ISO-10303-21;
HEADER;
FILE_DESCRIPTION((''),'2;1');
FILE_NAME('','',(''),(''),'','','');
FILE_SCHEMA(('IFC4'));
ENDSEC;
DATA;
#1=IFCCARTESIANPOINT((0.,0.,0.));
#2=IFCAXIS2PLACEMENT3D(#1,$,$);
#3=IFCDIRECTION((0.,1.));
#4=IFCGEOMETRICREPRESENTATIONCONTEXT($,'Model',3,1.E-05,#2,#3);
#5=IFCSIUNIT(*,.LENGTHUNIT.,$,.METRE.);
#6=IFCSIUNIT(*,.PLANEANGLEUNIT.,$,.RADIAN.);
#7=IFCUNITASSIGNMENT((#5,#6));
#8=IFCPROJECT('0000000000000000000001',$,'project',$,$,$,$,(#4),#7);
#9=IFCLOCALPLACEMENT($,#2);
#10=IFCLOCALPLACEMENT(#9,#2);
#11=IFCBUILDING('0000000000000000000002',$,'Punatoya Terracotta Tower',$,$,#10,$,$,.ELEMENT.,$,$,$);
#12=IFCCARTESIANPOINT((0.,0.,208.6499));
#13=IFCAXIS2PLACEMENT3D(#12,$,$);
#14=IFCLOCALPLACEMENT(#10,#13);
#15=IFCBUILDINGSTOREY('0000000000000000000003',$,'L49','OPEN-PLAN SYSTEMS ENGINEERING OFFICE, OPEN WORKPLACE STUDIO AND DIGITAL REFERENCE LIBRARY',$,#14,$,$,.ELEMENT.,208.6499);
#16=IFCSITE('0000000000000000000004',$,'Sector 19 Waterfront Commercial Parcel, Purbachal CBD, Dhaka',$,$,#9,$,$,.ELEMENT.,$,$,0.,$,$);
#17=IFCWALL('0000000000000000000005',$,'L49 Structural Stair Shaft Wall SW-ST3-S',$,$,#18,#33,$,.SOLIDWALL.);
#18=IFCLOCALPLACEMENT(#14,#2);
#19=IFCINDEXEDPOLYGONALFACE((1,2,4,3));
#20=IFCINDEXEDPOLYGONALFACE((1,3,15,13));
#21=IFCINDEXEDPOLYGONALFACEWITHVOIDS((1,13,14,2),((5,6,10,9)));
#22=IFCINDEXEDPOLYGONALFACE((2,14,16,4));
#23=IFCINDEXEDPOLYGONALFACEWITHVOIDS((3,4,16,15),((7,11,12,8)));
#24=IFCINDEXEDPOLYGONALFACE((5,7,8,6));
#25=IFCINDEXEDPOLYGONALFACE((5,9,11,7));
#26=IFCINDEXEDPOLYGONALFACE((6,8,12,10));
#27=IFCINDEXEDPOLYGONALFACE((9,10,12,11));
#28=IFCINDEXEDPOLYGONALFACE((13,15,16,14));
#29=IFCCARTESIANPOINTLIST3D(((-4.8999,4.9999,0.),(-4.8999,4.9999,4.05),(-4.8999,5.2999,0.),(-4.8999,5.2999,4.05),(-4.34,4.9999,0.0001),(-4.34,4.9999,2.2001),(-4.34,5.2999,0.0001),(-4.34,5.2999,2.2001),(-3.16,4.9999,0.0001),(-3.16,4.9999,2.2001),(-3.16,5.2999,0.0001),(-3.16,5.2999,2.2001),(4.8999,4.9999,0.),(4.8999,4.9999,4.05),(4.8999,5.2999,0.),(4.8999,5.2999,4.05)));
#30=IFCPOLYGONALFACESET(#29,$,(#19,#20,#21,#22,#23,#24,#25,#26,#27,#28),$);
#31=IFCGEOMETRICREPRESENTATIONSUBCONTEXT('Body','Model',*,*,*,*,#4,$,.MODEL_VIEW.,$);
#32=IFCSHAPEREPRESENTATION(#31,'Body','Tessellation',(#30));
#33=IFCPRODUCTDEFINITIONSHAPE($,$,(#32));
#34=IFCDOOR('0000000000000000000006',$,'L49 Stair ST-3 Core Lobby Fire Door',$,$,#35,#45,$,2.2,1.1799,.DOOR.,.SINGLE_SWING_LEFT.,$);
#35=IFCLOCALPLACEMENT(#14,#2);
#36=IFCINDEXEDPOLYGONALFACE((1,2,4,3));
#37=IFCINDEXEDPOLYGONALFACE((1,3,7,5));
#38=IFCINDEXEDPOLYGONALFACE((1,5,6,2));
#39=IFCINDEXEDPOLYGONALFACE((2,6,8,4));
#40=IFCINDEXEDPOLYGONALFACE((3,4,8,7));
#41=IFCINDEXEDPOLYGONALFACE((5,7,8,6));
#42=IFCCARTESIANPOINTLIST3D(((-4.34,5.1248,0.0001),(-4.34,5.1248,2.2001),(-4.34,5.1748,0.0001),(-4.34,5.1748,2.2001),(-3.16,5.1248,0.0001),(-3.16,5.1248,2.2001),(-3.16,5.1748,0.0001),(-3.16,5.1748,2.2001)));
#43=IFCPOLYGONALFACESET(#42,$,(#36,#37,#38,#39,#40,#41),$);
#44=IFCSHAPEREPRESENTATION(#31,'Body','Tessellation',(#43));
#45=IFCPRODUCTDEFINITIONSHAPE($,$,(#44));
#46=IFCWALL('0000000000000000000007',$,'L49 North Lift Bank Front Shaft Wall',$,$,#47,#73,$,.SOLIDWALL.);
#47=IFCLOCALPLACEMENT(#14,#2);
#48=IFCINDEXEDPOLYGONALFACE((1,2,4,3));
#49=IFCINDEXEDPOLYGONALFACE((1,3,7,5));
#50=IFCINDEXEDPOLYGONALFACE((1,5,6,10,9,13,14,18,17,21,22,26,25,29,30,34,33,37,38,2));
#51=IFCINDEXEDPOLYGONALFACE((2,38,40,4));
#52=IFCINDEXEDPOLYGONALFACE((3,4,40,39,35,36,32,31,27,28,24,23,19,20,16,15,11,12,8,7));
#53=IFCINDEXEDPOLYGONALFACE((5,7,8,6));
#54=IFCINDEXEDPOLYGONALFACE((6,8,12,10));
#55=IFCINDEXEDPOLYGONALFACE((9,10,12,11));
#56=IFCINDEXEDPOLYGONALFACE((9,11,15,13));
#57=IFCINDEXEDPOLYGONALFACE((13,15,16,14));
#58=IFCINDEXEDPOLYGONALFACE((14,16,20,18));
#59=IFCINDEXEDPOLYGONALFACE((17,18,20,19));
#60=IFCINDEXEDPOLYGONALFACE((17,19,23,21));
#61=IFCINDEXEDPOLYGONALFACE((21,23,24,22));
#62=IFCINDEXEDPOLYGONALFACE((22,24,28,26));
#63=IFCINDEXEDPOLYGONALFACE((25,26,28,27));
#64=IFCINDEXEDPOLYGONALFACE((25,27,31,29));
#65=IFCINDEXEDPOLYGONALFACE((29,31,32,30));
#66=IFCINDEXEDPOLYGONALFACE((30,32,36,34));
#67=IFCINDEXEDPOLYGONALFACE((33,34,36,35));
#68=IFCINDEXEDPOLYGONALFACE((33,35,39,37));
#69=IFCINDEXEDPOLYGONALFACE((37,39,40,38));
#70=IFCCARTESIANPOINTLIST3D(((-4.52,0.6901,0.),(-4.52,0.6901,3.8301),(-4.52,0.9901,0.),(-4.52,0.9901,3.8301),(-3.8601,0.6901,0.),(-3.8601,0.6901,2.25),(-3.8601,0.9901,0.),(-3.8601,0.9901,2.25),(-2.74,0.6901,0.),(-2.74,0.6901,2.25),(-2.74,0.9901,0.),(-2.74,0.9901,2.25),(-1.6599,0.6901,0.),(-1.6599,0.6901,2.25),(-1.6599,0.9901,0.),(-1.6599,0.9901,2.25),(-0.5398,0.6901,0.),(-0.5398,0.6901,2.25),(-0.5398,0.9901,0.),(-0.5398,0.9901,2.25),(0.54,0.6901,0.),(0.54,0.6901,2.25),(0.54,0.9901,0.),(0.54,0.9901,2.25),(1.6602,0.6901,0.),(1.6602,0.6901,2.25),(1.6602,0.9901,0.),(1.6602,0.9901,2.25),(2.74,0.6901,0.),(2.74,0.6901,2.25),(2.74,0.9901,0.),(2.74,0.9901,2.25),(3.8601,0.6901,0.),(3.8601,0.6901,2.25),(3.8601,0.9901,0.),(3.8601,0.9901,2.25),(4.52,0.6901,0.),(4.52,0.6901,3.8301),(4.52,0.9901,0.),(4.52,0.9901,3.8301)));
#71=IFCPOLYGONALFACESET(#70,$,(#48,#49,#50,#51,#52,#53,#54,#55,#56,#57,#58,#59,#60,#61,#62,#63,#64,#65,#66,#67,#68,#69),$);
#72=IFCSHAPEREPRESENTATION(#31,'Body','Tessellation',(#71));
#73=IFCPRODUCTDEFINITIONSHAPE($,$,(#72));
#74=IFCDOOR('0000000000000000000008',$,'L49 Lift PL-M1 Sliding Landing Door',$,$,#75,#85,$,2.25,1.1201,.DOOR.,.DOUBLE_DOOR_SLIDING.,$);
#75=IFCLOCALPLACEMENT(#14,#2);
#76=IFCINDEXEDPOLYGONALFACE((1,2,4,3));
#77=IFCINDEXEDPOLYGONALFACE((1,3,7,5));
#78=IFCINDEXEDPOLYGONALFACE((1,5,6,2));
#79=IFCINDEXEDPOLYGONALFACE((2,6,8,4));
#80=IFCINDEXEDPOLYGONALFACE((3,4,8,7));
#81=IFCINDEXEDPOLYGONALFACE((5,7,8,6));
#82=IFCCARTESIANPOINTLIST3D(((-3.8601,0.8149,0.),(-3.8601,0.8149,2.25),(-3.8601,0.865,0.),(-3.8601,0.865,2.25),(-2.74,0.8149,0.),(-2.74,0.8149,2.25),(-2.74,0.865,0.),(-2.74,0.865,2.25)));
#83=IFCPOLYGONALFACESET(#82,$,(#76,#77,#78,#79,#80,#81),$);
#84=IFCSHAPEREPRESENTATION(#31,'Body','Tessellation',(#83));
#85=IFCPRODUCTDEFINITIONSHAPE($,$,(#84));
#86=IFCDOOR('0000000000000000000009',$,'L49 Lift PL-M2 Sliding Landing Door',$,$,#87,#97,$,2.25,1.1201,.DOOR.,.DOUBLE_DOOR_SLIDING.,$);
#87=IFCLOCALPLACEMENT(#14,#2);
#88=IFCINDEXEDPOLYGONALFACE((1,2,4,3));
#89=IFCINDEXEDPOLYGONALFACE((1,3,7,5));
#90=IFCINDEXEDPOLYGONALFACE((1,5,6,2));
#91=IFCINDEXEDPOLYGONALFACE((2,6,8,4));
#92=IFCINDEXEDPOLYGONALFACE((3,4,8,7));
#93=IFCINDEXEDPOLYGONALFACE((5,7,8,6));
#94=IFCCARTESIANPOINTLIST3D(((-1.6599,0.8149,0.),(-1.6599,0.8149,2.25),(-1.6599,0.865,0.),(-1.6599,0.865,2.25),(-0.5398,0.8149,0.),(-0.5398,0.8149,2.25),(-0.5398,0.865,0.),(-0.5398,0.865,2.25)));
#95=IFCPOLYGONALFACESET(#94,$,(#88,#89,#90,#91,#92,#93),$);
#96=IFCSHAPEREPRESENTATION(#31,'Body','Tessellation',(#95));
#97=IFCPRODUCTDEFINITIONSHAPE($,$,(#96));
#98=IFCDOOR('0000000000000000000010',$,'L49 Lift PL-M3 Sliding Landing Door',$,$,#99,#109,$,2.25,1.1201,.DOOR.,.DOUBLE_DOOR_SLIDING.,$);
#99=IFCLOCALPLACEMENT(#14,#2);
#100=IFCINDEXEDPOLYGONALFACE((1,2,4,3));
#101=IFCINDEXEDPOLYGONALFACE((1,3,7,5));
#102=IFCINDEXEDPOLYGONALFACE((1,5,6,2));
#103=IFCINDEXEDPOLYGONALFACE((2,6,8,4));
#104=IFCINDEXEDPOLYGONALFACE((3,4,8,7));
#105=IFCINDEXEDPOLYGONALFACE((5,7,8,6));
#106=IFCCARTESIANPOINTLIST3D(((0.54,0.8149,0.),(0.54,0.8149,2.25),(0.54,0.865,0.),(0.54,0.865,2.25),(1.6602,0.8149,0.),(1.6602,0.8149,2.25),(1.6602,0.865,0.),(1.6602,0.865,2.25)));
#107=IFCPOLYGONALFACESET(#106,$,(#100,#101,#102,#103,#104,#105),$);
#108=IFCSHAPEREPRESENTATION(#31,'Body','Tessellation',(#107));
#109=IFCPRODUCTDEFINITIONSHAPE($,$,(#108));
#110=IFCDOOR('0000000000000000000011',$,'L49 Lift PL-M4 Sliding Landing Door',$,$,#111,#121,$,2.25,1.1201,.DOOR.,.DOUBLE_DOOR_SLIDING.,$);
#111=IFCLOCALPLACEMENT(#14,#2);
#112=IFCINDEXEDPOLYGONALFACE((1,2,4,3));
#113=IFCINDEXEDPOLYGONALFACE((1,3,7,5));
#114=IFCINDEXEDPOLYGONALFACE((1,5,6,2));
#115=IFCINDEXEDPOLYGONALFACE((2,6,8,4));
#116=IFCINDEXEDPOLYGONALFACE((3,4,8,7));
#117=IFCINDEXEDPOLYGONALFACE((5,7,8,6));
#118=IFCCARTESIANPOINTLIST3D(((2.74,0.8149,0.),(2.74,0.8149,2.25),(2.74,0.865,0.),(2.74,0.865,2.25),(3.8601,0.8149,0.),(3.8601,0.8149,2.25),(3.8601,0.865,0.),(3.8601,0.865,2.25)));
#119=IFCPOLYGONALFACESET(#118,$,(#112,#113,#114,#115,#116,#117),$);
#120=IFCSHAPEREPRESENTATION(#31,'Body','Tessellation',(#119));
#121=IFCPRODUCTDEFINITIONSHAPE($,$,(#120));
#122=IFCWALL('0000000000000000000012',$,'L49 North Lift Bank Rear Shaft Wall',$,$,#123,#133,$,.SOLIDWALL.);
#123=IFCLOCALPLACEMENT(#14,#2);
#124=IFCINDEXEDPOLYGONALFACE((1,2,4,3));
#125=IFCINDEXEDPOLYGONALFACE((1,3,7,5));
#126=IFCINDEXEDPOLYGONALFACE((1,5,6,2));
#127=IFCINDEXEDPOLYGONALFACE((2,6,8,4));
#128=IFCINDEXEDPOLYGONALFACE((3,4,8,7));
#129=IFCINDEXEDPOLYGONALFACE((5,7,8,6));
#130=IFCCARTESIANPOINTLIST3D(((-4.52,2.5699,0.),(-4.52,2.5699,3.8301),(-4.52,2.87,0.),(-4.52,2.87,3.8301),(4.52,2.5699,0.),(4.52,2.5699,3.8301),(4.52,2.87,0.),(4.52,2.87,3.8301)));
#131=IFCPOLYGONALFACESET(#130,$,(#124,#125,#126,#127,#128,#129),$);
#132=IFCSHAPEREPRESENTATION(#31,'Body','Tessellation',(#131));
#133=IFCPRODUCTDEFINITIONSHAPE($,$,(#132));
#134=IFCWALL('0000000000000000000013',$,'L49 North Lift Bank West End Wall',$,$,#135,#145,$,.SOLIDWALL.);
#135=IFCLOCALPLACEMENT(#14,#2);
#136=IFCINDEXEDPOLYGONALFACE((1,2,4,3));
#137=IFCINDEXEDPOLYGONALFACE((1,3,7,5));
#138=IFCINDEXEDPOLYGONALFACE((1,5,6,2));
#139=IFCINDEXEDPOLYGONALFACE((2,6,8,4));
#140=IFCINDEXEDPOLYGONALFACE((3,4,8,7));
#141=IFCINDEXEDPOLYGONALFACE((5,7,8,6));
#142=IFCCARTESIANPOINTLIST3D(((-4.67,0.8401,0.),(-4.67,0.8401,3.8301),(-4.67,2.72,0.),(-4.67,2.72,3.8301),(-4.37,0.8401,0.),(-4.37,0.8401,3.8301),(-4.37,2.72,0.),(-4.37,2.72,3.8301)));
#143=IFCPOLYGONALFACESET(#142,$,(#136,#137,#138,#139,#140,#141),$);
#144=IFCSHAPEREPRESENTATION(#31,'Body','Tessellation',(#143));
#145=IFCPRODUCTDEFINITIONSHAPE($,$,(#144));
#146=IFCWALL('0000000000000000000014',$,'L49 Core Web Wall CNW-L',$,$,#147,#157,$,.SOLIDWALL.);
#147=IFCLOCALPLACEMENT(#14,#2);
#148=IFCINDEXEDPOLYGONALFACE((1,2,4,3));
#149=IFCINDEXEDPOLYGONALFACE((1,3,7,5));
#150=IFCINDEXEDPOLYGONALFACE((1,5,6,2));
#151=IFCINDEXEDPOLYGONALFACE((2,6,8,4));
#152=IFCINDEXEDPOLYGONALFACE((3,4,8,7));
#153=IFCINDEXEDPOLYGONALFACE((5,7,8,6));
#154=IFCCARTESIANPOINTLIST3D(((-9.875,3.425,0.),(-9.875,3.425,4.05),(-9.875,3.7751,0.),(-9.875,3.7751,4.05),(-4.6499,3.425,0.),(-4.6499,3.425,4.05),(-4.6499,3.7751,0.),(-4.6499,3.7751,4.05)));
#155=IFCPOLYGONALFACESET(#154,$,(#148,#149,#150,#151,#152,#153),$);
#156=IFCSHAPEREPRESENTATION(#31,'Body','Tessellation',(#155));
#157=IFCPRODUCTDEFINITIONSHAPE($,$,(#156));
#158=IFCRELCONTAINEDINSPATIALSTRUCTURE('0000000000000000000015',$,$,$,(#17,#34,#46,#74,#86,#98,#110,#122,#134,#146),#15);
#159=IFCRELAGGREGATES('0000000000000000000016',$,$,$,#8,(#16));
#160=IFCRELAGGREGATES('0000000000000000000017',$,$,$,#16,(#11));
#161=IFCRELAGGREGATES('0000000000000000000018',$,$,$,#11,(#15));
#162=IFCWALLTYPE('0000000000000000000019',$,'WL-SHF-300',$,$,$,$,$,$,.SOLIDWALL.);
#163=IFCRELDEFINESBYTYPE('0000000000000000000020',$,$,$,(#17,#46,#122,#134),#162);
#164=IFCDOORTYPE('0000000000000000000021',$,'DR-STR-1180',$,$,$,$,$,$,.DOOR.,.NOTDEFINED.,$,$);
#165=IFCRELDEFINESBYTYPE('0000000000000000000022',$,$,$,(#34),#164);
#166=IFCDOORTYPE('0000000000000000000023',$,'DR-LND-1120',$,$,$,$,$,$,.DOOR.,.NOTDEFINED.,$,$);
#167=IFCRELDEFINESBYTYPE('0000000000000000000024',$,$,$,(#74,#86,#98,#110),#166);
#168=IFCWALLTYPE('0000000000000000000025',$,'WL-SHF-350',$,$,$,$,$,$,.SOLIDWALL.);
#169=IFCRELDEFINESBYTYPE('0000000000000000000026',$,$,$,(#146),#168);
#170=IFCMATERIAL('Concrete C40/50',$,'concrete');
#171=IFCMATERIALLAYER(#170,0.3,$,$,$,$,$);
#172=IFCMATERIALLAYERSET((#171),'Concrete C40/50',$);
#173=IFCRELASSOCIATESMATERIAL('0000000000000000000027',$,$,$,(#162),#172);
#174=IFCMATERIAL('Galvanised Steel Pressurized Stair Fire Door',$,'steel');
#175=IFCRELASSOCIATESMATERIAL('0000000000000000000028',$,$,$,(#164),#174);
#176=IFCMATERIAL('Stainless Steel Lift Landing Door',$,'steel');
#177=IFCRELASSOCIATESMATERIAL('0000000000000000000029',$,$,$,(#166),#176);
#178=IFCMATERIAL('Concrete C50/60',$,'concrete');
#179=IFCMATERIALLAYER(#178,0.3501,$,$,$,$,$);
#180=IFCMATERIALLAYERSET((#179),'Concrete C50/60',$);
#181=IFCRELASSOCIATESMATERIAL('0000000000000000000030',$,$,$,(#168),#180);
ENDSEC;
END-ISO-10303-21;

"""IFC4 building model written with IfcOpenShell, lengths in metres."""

from ifc_helpers import new_model, si_unit, direction, frame, frame_2d, origin, place, context, subcontext, project, spatial, rectangle, extrude, material, layer, layer_set, type_object, element, fill, save


model = new_model("IFC4")

# Units and contexts
model_context = context("Model", 3, precision=1e-05, world=origin(), true_north=direction((0.0, 1.0)))
body_context = subcontext(model_context, "Body", "Model", "MODEL_VIEW")
ifc_project = project(units=[si_unit("LENGTHUNIT", "METRE"), si_unit("PLANEANGLEUNIT", "RADIAN")], contexts=[model_context])

# Site, building, storey
site_placement = place(None, origin())
site = spatial("IfcSite", under=ifc_project, at=site_placement, Name="Sector 19 Waterfront Commercial Parcel, Purbachal CBD, Dhaka", CompositionType="ELEMENT", RefElevation=0.0)
building_placement = place(site_placement, origin())
building = spatial("IfcBuilding", under=site, at=building_placement, Name="Punatoya Terracotta Tower", CompositionType="ELEMENT")
storey_placement = place(building_placement, frame((0.0, 0.0, 208.6499)))
storey = spatial("IfcBuildingStorey", under=building, at=storey_placement, Name="L49", Description="OPEN-PLAN SYSTEMS ENGINEERING OFFICE, OPEN WORKPLACE STUDIO AND DIGITAL REFERENCE LIBRARY", CompositionType="ELEMENT", Elevation=208.6499)

# Shared definitions
ifc_material_1 = material(Name="Concrete C40/50", Category="concrete")

# Shared definitions
ifc_layer_1 = layer(ifc_material_1, 0.3)
ifc_layer_set_1 = layer_set([ifc_layer_1], Name="Concrete C40/50")
wall_type_1 = type_object("IfcWallType", Name="WL-SHF-300", PredefinedType="SOLIDWALL", material=ifc_layer_set_1)

# Wall, opening, door
wall_1_placement = place(storey_placement, frame((-4.8999, 5.1499, 0.0), z_axis=(0.0, 0.0, 1.0), x_axis=(1.0, 0.0, 0.0)))
wall_1 = element("IfcWall", 1, at=wall_1_placement, inside=storey, type_object=wall_type_1, Name="L49 Structural Stair Shaft Wall SW-ST3-S", PredefinedType="SOLIDWALL", context=body_context, shape_type="SweptSolid", body=[
    extrude(rectangle(XDim=9.7998, YDim=0.3, at=frame_2d((4.8999, 0.0))), origin(), (0.0, 0.0, 1.0), 4.05),
])
opening_1_placement = place(wall_1_placement, frame((0.5601, 0.0, 0.0)))
opening_1 = element("IfcOpeningElement", 2, at=opening_1_placement, cuts=wall_1, PredefinedType="OPENING", context=body_context, shape_type="SweptSolid", body=[
    extrude(rectangle(XDim=1.1799, YDim=2.2, at=frame_2d((0.5898, 1.1001))), frame((0.0, 0.1599, 0.0), z_axis=(0.0, -1.0, 0.0), x_axis=(1.0, 0.0, 0.0)), (0.0, 0.0, 1.0), 0.3201),
])
ifc_material_2 = material(Name="Galvanised Steel Pressurized Stair Fire Door", Category="steel")
door_type_1 = type_object("IfcDoorType", Name="DR-STR-1180", OperationType="NOTDEFINED", PredefinedType="DOOR", material=ifc_material_2)
door_1_placement = place(opening_1_placement, origin())
door_1 = element("IfcDoor", 3, at=door_1_placement, inside=storey, type_object=door_type_1, Name="L49 Stair ST-3 Core Lobby Fire Door", OperationType="SINGLE_SWING_LEFT", OverallHeight=2.2, OverallWidth=1.1799, PredefinedType="DOOR", context=body_context, shape_type="SweptSolid", body=[
    extrude(rectangle(XDim=1.1799, YDim=2.2, at=frame_2d((0.5898, 1.1001))), frame((0.0, 0.0249, 0.0), z_axis=(0.0, -1.0, 0.0), x_axis=(1.0, 0.0, 0.0)), (0.0, 0.0, 1.0), 0.05),
])
fill(opening_1, door_1)

# Wall, openings, doors
wall_2_placement = place(storey_placement, frame((-4.52, 0.8401, 0.0), z_axis=(0.0, 0.0, 1.0), x_axis=(1.0, 0.0, 0.0)))
wall_2 = element("IfcWall", 4, at=wall_2_placement, inside=storey, type_object=wall_type_1, Name="L49 North Lift Bank Front Shaft Wall", PredefinedType="SOLIDWALL", context=body_context, shape_type="SweptSolid", body=[
    extrude(rectangle(XDim=9.04, YDim=0.3, at=frame_2d((4.52, 0.0))), origin(), (0.0, 0.0, 1.0), 3.8301),
])
opening_2_placement = place(wall_2_placement, frame((0.6599, 0.0, 0.0)))
opening_2 = element("IfcOpeningElement", 5, at=opening_2_placement, cuts=wall_2, PredefinedType="OPENING", context=body_context, shape_type="SweptSolid", body=[
    extrude(rectangle(XDim=1.1201, YDim=2.25, at=frame_2d((0.5601, 1.125))), frame((0.0, 0.1599, 0.0), z_axis=(0.0, -1.0, 0.0), x_axis=(1.0, 0.0, 0.0)), (0.0, 0.0, 1.0), 0.3201),
])
opening_3_placement = place(wall_2_placement, frame((2.8601, 0.0, 0.0)))
opening_3 = element("IfcOpeningElement", 6, at=opening_3_placement, cuts=wall_2, PredefinedType="OPENING", context=body_context, shape_type="SweptSolid", body=[
    extrude(rectangle(XDim=1.1201, YDim=2.25, at=frame_2d((0.5601, 1.125))), frame((0.0, 0.1599, 0.0), z_axis=(0.0, -1.0, 0.0), x_axis=(1.0, 0.0, 0.0)), (0.0, 0.0, 1.0), 0.3201),
])
opening_4_placement = place(wall_2_placement, frame((5.0601, 0.0, 0.0)))
opening_4 = element("IfcOpeningElement", 7, at=opening_4_placement, cuts=wall_2, PredefinedType="OPENING", context=body_context, shape_type="SweptSolid", body=[
    extrude(rectangle(XDim=1.1201, YDim=2.25, at=frame_2d((0.5601, 1.125))), frame((0.0, 0.1599, 0.0), z_axis=(0.0, -1.0, 0.0), x_axis=(1.0, 0.0, 0.0)), (0.0, 0.0, 1.0), 0.3201),
])
opening_5_placement = place(wall_2_placement, frame((7.26, 0.0, 0.0)))
opening_5 = element("IfcOpeningElement", 8, at=opening_5_placement, cuts=wall_2, PredefinedType="OPENING", context=body_context, shape_type="SweptSolid", body=[
    extrude(rectangle(XDim=1.1201, YDim=2.25, at=frame_2d((0.5601, 1.125))), frame((0.0, 0.1599, 0.0), z_axis=(0.0, -1.0, 0.0), x_axis=(1.0, 0.0, 0.0)), (0.0, 0.0, 1.0), 0.3201),
])
ifc_material_3 = material(Name="Stainless Steel Lift Landing Door", Category="steel")
door_type_2 = type_object("IfcDoorType", Name="DR-LND-1120", OperationType="NOTDEFINED", PredefinedType="DOOR", material=ifc_material_3)
door_2_placement = place(opening_2_placement, origin())
door_2 = element("IfcDoor", 9, at=door_2_placement, inside=storey, type_object=door_type_2, Name="L49 Lift PL-M1 Sliding Landing Door", OperationType="DOUBLE_DOOR_SLIDING", OverallHeight=2.25, OverallWidth=1.1201, PredefinedType="DOOR", context=body_context, shape_type="SweptSolid", body=[
    extrude(rectangle(XDim=1.1201, YDim=2.25, at=frame_2d((0.5601, 1.125))), frame((0.0, 0.0249, 0.0), z_axis=(0.0, -1.0, 0.0), x_axis=(1.0, 0.0, 0.0)), (0.0, 0.0, 1.0), 0.05),
])
fill(opening_2, door_2)
door_3_placement = place(opening_3_placement, origin())
door_3 = element("IfcDoor", 10, at=door_3_placement, inside=storey, type_object=door_type_2, Name="L49 Lift PL-M2 Sliding Landing Door", OperationType="DOUBLE_DOOR_SLIDING", OverallHeight=2.25, OverallWidth=1.1201, PredefinedType="DOOR", context=body_context, shape_type="SweptSolid", body=[
    extrude(rectangle(XDim=1.1201, YDim=2.25, at=frame_2d((0.5601, 1.125))), frame((0.0, 0.0249, 0.0), z_axis=(0.0, -1.0, 0.0), x_axis=(1.0, 0.0, 0.0)), (0.0, 0.0, 1.0), 0.05),
])
fill(opening_3, door_3)
door_4_placement = place(opening_4_placement, origin())
door_4 = element("IfcDoor", 11, at=door_4_placement, inside=storey, type_object=door_type_2, Name="L49 Lift PL-M3 Sliding Landing Door", OperationType="DOUBLE_DOOR_SLIDING", OverallHeight=2.25, OverallWidth=1.1201, PredefinedType="DOOR", context=body_context, shape_type="SweptSolid", body=[
    extrude(rectangle(XDim=1.1201, YDim=2.25, at=frame_2d((0.5601, 1.125))), frame((0.0, 0.0249, 0.0), z_axis=(0.0, -1.0, 0.0), x_axis=(1.0, 0.0, 0.0)), (0.0, 0.0, 1.0), 0.05),
])
fill(opening_4, door_4)
door_5_placement = place(opening_5_placement, origin())
door_5 = element("IfcDoor", 12, at=door_5_placement, inside=storey, type_object=door_type_2, Name="L49 Lift PL-M4 Sliding Landing Door", OperationType="DOUBLE_DOOR_SLIDING", OverallHeight=2.25, OverallWidth=1.1201, PredefinedType="DOOR", context=body_context, shape_type="SweptSolid", body=[
    extrude(rectangle(XDim=1.1201, YDim=2.25, at=frame_2d((0.5601, 1.125))), frame((0.0, 0.0249, 0.0), z_axis=(0.0, -1.0, 0.0), x_axis=(1.0, 0.0, 0.0)), (0.0, 0.0, 1.0), 0.05),
])
fill(opening_5, door_5)

# Walls
wall_3_placement = place(storey_placement, frame((-4.52, 2.72, 0.0), z_axis=(0.0, 0.0, 1.0), x_axis=(1.0, 0.0, 0.0)))
element("IfcWall", 13, at=wall_3_placement, inside=storey, type_object=wall_type_1, Name="L49 North Lift Bank Rear Shaft Wall", PredefinedType="SOLIDWALL", context=body_context, shape_type="SweptSolid", body=[
    extrude(rectangle(XDim=9.04, YDim=0.3, at=frame_2d((4.52, 0.0))), origin(), (0.0, 0.0, 1.0), 3.8301),
])
wall_4_placement = place(storey_placement, frame((-4.52, 0.8401, 0.0), z_axis=(0.0, 0.0, 1.0), x_axis=(0.0, 1.0, 0.0)))
element("IfcWall", 14, at=wall_4_placement, inside=storey, type_object=wall_type_1, Name="L49 North Lift Bank West End Wall", PredefinedType="SOLIDWALL", context=body_context, shape_type="SweptSolid", body=[
    extrude(rectangle(XDim=1.8799, YDim=0.3, at=frame_2d((0.9399, 0.0))), origin(), (0.0, 0.0, 1.0), 3.8301),
])
ifc_material_4 = material(Name="Concrete C50/60", Category="concrete")
ifc_layer_2 = layer(ifc_material_4, 0.3501)
ifc_layer_set_2 = layer_set([ifc_layer_2], Name="Concrete C50/60")
wall_type_2 = type_object("IfcWallType", Name="WL-SHF-350", PredefinedType="SOLIDWALL", material=ifc_layer_set_2)
wall_5_placement = place(storey_placement, frame((-9.875, 3.6001, 0.0), z_axis=(0.0, 0.0, 1.0), x_axis=(1.0, 0.0, 0.0)))
element("IfcWall", 15, at=wall_5_placement, inside=storey, type_object=wall_type_2, Name="L49 Core Web Wall CNW-L", PredefinedType="SOLIDWALL", context=body_context, shape_type="SweptSolid", body=[
    extrude(rectangle(XDim=5.2251, YDim=0.3501, at=frame_2d((2.6125, 0.0))), origin(), (0.0, 0.0, 1.0), 4.05),
])

save(model, "model.ifc")
